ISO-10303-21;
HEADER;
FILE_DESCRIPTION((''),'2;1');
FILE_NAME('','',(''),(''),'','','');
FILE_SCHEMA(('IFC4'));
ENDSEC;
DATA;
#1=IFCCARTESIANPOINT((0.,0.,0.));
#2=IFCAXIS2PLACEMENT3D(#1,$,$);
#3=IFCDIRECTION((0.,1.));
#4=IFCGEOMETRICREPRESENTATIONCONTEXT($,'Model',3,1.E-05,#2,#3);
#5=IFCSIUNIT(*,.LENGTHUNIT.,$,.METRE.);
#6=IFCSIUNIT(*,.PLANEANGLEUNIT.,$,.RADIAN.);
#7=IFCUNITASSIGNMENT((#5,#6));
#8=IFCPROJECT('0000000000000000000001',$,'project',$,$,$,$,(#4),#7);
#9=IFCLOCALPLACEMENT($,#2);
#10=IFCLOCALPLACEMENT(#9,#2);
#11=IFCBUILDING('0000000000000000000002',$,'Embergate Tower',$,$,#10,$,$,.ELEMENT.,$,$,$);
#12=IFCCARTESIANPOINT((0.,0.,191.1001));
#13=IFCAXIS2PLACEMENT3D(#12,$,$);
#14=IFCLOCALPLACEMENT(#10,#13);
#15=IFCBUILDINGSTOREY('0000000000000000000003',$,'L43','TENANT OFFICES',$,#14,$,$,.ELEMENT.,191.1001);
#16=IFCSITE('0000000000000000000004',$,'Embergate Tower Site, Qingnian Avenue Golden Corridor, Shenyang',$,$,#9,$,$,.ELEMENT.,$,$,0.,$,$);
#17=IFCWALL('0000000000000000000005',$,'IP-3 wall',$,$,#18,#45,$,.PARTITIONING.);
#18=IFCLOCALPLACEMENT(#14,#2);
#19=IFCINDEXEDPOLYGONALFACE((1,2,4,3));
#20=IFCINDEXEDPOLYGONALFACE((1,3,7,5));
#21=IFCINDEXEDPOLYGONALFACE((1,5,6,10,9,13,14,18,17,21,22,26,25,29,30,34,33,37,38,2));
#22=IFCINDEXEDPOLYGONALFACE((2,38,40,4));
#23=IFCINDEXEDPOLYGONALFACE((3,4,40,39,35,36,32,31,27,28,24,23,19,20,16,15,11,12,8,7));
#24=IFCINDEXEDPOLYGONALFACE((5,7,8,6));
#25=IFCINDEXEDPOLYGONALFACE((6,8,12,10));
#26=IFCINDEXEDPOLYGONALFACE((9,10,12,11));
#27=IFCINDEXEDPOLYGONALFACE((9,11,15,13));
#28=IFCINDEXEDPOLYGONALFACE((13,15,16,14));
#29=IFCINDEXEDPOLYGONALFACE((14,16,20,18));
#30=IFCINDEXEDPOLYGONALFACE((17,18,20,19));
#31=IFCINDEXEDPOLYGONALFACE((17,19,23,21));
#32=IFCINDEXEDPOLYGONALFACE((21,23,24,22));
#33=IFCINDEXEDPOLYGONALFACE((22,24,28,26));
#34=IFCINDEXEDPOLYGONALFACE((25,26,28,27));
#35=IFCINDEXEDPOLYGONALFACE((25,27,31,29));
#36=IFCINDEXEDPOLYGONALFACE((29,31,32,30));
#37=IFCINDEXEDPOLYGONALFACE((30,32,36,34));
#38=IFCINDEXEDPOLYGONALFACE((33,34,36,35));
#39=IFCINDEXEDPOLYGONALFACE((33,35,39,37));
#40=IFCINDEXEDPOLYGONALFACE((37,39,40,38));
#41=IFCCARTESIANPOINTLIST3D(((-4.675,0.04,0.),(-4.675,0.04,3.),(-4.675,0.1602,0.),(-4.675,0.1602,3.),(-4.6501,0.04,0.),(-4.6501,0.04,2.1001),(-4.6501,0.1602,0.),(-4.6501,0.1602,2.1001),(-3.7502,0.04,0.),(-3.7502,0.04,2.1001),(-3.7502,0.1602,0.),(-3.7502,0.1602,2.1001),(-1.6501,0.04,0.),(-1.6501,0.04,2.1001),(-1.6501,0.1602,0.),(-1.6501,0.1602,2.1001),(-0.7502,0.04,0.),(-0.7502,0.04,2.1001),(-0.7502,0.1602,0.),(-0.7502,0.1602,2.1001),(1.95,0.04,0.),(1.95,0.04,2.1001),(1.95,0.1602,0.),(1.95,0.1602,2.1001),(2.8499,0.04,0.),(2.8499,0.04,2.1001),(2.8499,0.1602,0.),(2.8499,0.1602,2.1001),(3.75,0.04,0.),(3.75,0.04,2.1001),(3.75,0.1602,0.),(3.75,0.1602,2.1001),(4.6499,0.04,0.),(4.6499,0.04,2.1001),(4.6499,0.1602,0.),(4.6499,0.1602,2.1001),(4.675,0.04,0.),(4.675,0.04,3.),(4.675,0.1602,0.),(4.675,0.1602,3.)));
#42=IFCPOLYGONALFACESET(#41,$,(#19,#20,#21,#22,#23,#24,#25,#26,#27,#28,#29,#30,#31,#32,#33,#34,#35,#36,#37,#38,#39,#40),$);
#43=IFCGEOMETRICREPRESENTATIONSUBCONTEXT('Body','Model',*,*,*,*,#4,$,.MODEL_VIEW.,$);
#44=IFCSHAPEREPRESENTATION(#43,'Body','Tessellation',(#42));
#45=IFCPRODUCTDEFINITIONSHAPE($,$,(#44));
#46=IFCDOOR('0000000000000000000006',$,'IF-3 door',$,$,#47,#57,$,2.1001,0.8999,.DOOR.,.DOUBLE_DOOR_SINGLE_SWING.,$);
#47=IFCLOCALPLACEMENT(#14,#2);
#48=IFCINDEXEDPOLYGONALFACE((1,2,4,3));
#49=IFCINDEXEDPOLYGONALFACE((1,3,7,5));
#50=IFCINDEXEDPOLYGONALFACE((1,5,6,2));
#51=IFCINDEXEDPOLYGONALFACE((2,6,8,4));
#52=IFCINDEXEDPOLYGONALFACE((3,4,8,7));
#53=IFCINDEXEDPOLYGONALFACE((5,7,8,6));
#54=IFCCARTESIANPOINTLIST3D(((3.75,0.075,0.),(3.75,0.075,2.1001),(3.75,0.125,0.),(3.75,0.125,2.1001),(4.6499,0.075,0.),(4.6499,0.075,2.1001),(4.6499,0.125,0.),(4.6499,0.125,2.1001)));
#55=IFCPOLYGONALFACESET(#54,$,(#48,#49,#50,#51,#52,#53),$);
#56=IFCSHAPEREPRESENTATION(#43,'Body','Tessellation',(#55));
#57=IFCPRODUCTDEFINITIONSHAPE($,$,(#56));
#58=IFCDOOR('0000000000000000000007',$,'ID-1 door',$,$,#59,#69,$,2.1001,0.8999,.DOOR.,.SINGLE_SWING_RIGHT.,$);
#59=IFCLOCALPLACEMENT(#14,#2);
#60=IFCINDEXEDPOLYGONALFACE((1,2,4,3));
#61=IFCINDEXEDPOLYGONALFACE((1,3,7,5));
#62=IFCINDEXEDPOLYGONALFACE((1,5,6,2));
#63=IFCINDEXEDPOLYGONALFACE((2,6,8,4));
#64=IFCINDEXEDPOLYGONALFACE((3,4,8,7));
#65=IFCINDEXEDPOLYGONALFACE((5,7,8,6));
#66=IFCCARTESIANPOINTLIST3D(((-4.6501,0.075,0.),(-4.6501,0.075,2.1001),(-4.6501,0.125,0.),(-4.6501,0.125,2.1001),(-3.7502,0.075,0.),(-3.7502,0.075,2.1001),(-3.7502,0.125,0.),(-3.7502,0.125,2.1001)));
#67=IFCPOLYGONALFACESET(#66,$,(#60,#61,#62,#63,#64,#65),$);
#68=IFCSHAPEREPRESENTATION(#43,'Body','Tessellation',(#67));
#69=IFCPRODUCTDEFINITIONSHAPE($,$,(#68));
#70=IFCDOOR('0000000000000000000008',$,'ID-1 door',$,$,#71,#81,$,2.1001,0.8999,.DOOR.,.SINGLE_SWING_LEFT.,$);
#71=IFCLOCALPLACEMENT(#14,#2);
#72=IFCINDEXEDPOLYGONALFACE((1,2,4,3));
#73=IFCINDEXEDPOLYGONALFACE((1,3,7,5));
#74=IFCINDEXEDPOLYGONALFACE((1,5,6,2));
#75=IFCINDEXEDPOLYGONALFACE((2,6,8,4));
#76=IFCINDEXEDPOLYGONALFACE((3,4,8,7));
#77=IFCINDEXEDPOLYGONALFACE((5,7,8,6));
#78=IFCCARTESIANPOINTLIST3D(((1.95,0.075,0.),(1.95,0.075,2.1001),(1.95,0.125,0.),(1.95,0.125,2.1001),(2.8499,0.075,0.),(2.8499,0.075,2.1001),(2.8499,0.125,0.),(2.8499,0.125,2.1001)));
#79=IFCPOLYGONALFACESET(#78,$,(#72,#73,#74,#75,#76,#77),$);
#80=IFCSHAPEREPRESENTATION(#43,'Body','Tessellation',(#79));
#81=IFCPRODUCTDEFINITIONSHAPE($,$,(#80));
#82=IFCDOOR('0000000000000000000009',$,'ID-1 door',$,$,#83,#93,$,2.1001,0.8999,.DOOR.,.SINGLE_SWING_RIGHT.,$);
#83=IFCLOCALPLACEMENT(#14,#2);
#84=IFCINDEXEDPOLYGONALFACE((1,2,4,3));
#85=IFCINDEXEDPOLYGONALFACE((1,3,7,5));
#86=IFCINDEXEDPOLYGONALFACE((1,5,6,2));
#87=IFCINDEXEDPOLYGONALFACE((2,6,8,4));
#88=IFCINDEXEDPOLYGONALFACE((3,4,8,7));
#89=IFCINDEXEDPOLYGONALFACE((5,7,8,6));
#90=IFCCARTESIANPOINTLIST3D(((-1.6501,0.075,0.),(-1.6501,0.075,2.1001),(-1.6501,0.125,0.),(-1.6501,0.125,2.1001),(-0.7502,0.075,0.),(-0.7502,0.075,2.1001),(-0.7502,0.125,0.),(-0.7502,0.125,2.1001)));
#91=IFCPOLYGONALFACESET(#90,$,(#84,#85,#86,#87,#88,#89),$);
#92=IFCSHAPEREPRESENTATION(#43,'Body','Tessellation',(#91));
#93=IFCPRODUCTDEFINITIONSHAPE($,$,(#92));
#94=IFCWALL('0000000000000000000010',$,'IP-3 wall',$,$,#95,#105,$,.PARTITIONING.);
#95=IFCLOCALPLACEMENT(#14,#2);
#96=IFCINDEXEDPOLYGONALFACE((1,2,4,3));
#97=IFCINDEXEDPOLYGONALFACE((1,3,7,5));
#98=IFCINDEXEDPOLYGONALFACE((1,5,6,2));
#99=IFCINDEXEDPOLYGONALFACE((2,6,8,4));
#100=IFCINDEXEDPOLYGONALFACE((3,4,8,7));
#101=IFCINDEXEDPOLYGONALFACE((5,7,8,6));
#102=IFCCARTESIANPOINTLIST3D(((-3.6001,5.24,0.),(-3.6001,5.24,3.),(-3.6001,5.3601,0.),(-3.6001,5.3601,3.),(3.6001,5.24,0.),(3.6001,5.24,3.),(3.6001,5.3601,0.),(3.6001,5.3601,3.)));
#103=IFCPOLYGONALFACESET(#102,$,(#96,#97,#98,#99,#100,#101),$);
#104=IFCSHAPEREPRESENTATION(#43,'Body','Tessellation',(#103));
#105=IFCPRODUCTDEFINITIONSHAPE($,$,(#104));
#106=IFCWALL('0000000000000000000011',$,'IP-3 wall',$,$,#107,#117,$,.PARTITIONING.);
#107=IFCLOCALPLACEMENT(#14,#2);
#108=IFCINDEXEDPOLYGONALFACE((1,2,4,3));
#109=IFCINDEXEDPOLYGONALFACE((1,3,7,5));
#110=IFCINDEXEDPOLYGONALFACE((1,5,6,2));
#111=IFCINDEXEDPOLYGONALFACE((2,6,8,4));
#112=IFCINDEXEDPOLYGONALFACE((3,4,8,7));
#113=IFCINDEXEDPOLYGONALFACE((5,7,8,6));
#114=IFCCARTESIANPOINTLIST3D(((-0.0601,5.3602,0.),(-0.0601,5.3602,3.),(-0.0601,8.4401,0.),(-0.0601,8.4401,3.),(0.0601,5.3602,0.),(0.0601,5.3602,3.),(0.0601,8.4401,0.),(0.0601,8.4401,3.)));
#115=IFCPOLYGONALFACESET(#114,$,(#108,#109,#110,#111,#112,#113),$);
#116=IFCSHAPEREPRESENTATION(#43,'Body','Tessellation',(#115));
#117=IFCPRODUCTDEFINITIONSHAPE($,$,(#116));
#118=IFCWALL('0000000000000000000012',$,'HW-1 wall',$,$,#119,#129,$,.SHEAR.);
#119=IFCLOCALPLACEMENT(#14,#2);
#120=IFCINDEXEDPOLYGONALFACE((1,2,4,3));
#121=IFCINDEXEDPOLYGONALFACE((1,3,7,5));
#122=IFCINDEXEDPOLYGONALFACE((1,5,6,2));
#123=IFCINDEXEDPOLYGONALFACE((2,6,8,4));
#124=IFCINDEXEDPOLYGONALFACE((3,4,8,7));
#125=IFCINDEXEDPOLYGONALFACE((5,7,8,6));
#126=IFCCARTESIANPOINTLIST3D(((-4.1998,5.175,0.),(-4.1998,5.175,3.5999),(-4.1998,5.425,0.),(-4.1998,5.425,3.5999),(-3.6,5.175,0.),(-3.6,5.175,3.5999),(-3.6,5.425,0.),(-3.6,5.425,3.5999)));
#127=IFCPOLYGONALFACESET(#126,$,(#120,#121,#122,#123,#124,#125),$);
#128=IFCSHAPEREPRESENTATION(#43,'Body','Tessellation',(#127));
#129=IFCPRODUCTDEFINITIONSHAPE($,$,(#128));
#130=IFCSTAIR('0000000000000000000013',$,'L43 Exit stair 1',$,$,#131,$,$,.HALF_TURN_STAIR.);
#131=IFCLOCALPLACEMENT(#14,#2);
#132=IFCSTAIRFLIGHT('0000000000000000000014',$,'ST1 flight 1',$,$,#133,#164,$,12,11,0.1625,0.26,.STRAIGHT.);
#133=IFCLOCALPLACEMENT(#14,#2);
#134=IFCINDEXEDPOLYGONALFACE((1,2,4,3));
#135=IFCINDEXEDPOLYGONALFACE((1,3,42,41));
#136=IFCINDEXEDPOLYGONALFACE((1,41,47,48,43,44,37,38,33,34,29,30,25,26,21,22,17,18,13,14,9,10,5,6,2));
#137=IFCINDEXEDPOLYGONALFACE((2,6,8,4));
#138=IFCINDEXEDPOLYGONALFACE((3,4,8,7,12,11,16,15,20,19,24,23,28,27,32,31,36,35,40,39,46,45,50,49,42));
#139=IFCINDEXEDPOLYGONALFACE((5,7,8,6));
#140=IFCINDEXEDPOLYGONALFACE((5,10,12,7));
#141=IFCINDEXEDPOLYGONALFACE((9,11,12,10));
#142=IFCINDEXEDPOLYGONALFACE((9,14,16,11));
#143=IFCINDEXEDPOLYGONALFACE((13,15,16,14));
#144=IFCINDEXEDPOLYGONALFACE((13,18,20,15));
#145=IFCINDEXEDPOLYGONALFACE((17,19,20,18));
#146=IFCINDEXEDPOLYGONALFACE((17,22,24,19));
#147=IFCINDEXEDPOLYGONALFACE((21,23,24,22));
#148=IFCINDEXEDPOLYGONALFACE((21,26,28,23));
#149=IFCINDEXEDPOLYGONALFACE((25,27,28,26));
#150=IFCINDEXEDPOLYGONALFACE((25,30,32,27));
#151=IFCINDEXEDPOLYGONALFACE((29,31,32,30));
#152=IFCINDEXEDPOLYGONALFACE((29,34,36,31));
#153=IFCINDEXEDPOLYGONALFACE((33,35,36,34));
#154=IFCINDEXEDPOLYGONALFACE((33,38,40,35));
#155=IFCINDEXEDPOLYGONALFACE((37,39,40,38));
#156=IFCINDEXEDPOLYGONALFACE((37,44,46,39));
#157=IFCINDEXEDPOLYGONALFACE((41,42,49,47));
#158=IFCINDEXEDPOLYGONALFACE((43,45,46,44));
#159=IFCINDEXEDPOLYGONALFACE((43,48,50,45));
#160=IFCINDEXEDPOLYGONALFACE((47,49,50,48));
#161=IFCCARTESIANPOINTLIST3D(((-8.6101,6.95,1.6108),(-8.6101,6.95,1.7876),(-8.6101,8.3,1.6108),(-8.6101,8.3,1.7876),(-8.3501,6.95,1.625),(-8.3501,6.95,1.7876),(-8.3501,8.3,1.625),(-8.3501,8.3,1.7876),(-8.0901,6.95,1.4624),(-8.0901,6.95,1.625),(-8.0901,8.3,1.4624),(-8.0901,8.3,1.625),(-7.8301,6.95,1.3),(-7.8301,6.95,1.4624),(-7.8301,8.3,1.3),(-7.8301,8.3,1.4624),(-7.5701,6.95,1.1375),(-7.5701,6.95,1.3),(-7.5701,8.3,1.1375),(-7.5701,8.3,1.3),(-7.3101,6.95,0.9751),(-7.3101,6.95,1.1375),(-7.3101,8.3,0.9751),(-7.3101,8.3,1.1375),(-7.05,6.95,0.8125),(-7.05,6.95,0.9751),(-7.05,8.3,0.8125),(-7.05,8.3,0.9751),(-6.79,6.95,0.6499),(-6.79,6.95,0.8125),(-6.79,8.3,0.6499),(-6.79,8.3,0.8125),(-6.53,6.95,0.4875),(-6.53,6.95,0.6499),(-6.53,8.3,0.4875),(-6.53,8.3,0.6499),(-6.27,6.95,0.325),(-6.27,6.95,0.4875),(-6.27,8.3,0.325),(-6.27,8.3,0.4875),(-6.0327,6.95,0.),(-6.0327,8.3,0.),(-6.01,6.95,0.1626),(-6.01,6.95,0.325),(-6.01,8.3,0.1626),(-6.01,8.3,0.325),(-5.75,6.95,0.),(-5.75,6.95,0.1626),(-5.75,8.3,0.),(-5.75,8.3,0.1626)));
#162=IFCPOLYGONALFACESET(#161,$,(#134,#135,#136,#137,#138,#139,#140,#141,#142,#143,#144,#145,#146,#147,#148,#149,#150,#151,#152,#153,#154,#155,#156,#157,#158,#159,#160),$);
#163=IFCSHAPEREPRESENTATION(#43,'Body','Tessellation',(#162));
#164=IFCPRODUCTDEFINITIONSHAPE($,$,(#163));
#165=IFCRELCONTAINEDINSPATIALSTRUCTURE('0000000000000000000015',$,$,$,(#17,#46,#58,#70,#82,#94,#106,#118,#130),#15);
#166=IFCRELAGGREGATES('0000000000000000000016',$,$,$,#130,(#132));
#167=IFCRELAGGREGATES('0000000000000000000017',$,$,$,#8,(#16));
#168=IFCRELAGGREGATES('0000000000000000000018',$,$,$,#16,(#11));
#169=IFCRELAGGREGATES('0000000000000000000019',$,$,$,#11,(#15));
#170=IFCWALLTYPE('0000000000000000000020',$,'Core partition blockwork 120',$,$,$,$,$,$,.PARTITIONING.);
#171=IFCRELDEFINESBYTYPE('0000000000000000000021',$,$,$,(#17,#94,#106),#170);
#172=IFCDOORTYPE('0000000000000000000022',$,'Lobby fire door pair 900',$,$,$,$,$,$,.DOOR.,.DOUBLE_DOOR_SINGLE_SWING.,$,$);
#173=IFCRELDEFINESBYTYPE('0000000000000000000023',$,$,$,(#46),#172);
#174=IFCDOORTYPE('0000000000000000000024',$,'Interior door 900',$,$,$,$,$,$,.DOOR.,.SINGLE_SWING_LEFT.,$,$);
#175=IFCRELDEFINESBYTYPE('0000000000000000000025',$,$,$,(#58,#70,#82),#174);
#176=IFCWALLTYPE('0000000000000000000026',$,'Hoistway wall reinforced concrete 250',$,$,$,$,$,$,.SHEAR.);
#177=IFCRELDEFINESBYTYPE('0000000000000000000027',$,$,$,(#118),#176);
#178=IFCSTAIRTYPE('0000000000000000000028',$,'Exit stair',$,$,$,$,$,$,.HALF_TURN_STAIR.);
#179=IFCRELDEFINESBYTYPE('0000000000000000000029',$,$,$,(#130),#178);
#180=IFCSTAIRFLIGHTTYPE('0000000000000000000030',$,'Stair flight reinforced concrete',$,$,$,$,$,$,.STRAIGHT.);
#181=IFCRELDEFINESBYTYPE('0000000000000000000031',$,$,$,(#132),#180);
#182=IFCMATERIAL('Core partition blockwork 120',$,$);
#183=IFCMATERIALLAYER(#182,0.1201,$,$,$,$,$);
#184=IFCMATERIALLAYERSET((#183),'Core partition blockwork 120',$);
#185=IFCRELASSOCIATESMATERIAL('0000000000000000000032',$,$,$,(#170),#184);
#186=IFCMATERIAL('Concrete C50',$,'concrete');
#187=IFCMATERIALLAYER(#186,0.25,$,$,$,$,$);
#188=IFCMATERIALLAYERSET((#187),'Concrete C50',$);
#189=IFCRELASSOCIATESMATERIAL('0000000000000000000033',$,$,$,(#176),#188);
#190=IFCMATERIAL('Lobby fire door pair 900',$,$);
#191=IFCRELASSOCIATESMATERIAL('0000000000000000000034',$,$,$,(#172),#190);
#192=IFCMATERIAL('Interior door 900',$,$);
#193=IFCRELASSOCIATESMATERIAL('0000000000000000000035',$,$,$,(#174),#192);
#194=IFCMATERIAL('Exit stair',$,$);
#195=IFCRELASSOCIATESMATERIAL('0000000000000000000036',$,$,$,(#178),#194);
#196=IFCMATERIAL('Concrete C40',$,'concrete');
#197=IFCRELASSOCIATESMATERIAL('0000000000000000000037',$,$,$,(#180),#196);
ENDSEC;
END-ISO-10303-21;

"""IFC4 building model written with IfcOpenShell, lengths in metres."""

from ifc_helpers import new_model, si_unit, direction, frame, frame_2d, origin, place, context, subcontext, project, spatial, polyline, rectangle, outline, extrude, source, transform, mapped, material, layer, layer_set, type_object, element, fill, aggregate, save


model = new_model("IFC4")

# Units and contexts
model_context = context("Model", 3, precision=1e-05, world=origin(), true_north=direction((0.0, 1.0)))
body_context = subcontext(model_context, "Body", "Model", "MODEL_VIEW")
ifc_project = project(units=[si_unit("LENGTHUNIT", "METRE"), si_unit("PLANEANGLEUNIT", "RADIAN")], contexts=[model_context])

# Site, building, storey
site_placement = place(None, origin())
site = spatial("IfcSite", under=ifc_project, at=site_placement, Name="Embergate Tower Site, Qingnian Avenue Golden Corridor, Shenyang", CompositionType="ELEMENT", RefElevation=0.0)
building_placement = place(site_placement, origin())
building = spatial("IfcBuilding", under=site, at=building_placement, Name="Embergate Tower", CompositionType="ELEMENT")
storey_placement = place(building_placement, frame((0.0, 0.0, 191.1001)))
storey = spatial("IfcBuildingStorey", under=building, at=storey_placement, Name="L43", Description="TENANT OFFICES", CompositionType="ELEMENT", Elevation=191.1001)

# Shared definitions
ifc_material_1 = material(Name="Core partition blockwork 120")
ifc_layer_1 = layer(ifc_material_1, 0.1201)
ifc_layer_set_1 = layer_set([ifc_layer_1], Name="Core partition blockwork 120")
wall_type_1 = type_object("IfcWallType", Name="Core partition blockwork 120", PredefinedType="PARTITIONING", material=ifc_layer_set_1)

# Shared definitions
ifc_material_2 = material(Name="Concrete C50", Category="concrete")
ifc_layer_2 = layer(ifc_material_2, 0.25)
ifc_layer_set_2 = layer_set([ifc_layer_2], Name="Concrete C50")
wall_type_2 = type_object("IfcWallType", Name="Hoistway wall reinforced concrete 250", PredefinedType="SHEAR", material=ifc_layer_set_2)

# Wall, openings, doors
shared_shape_1 = source(origin(), body_context, "Body", "SweptSolid", [
    extrude(rectangle(XDim=9.3501, YDim=0.1201, at=frame_2d((4.675, 0.0))), origin(), (0.0, 0.0, 1.0), 3.0),
])
wall_1_placement = place(storey_placement, frame((-4.675, 0.1001, 0.0), z_axis=(0.0, 0.0, 1.0), x_axis=(1.0, 0.0, 0.0)))
wall_1 = element("IfcWall", 1, at=wall_1_placement, inside=storey, type_object=wall_type_1, Name="IP-3 wall", PredefinedType="PARTITIONING", context=body_context, shape_type="MappedRepresentation", body=[
    mapped(shared_shape_1, transform((0.0, 0.0, 0.0))),
])
shared_shape_2 = source(origin(), body_context, "Body", "SweptSolid", [
    extrude(rectangle(XDim=0.8999, YDim=2.1001, at=frame_2d((0.45, 1.05))), frame((0.0, 0.0701, 0.0), z_axis=(0.0, -1.0, 0.0), x_axis=(1.0, 0.0, 0.0)), (0.0, 0.0, 1.0), 0.1401),
])
opening_1_placement = place(wall_1_placement, frame((8.425, 0.0, 0.0)))
opening_1 = element("IfcOpeningElement", 2, at=opening_1_placement, cuts=wall_1, PredefinedType="OPENING", context=body_context, shape_type="MappedRepresentation", body=[
    mapped(shared_shape_2, transform((0.0, 0.0, 0.0))),
])
opening_2_placement = place(wall_1_placement, frame((0.0249, 0.0, 0.0)))
opening_2 = element("IfcOpeningElement", 3, at=opening_2_placement, cuts=wall_1, PredefinedType="OPENING", context=body_context, shape_type="MappedRepresentation", body=[
    mapped(shared_shape_2, transform((0.0, 0.0, 0.0))),
])
opening_3_placement = place(wall_1_placement, frame((6.625, 0.0, 0.0)))
opening_3 = element("IfcOpeningElement", 4, at=opening_3_placement, cuts=wall_1, PredefinedType="OPENING", context=body_context, shape_type="MappedRepresentation", body=[
    mapped(shared_shape_2, transform((0.0, 0.0, 0.0))),
])
opening_4_placement = place(wall_1_placement, frame((3.0249, 0.0, 0.0)))
opening_4 = element("IfcOpeningElement", 5, at=opening_4_placement, cuts=wall_1, PredefinedType="OPENING", context=body_context, shape_type="MappedRepresentation", body=[
    mapped(shared_shape_2, transform((0.0, 0.0, 0.0))),
])
ifc_material_3 = material(Name="Lobby fire door pair 900")
door_type_1 = type_object("IfcDoorType", Name="Lobby fire door pair 900", OperationType="DOUBLE_DOOR_SINGLE_SWING", PredefinedType="DOOR", material=ifc_material_3)
shared_shape_3 = source(origin(), body_context, "Body", "SweptSolid", [
    extrude(rectangle(XDim=0.8999, YDim=2.1001, at=frame_2d((0.45, 1.05))), frame((0.0, 0.0249, 0.0), z_axis=(0.0, -1.0, 0.0), x_axis=(1.0, 0.0, 0.0)), (0.0, 0.0, 1.0), 0.05),
])
door_1_placement = place(opening_1_placement, origin())
door_1 = element("IfcDoor", 6, at=door_1_placement, inside=storey, type_object=door_type_1, Name="IF-3 door", OperationType="DOUBLE_DOOR_SINGLE_SWING", OverallHeight=2.1001, OverallWidth=0.8999, PredefinedType="DOOR", context=body_context, shape_type="MappedRepresentation", body=[
    mapped(shared_shape_3, transform((0.0, 0.0, 0.0))),
])
fill(opening_1, door_1)
ifc_material_4 = material(Name="Interior door 900")
door_type_2 = type_object("IfcDoorType", Name="Interior door 900", OperationType="SINGLE_SWING_LEFT", PredefinedType="DOOR", material=ifc_material_4)
door_2_placement = place(opening_2_placement, origin())
door_2 = element("IfcDoor", 7, at=door_2_placement, inside=storey, type_object=door_type_2, Name="ID-1 door", OperationType="SINGLE_SWING_RIGHT", OverallHeight=2.1001, OverallWidth=0.8999, PredefinedType="DOOR", context=body_context, shape_type="MappedRepresentation", body=[
    mapped(shared_shape_3, transform((0.0, 0.0, 0.0))),
])
fill(opening_2, door_2)
door_3_placement = place(opening_3_placement, origin())
door_3 = element("IfcDoor", 8, at=door_3_placement, inside=storey, type_object=door_type_2, Name="ID-1 door", OperationType="SINGLE_SWING_LEFT", OverallHeight=2.1001, OverallWidth=0.8999, PredefinedType="DOOR", context=body_context, shape_type="MappedRepresentation", body=[
    mapped(shared_shape_3, transform((0.0, 0.0, 0.0))),
])
fill(opening_3, door_3)
door_4_placement = place(opening_4_placement, origin())
door_4 = element("IfcDoor", 9, at=door_4_placement, inside=storey, type_object=door_type_2, Name="ID-1 door", OperationType="SINGLE_SWING_RIGHT", OverallHeight=2.1001, OverallWidth=0.8999, PredefinedType="DOOR", context=body_context, shape_type="MappedRepresentation", body=[
    mapped(shared_shape_3, transform((0.0, 0.0, 0.0))),
])
fill(opening_4, door_4)

# Walls
shared_shape_4 = source(origin(), body_context, "Body", "SweptSolid", [
    extrude(rectangle(XDim=7.2002, YDim=0.1201, at=frame_2d((3.6001, 0.0))), origin(), (0.0, 0.0, 1.0), 3.0),
])
wall_2_placement = place(storey_placement, frame((-3.6001, 5.3, 0.0), z_axis=(0.0, 0.0, 1.0), x_axis=(1.0, 0.0, 0.0)))
element("IfcWall", 10, at=wall_2_placement, inside=storey, type_object=wall_type_1, Name="IP-3 wall", PredefinedType="PARTITIONING", context=body_context, shape_type="MappedRepresentation", body=[
    mapped(shared_shape_4, transform((0.0, 0.0, 0.0))),
])
shared_shape_5 = source(origin(), body_context, "Body", "SweptSolid", [
    extrude(rectangle(XDim=3.0798, YDim=0.1201, at=frame_2d((1.54, 0.0))), origin(), (0.0, 0.0, 1.0), 3.0),
])
wall_3_placement = place(storey_placement, frame((0.0, 5.3601, 0.0), z_axis=(0.0, 0.0, 1.0), x_axis=(0.0, 1.0, 0.0)))
element("IfcWall", 11, at=wall_3_placement, inside=storey, type_object=wall_type_1, Name="IP-3 wall", PredefinedType="PARTITIONING", context=body_context, shape_type="MappedRepresentation", body=[
    mapped(shared_shape_5, transform((0.0, 0.0, 0.0))),
])
shared_shape_6 = source(origin(), body_context, "Body", "SweptSolid", [
    extrude(rectangle(XDim=0.5999, YDim=0.25, at=frame_2d((0.2998, 0.0))), origin(), (0.0, 0.0, 1.0), 3.5999),
])
wall_4_placement = place(storey_placement, frame((-3.6001, 5.3, 0.0), z_axis=(0.0, 0.0, 1.0), x_axis=(-1.0, 0.0, 0.0)))
element("IfcWall", 12, at=wall_4_placement, inside=storey, type_object=wall_type_2, Name="HW-1 wall", PredefinedType="SHEAR", context=body_context, shape_type="MappedRepresentation", body=[
    mapped(shared_shape_6, transform((0.0, 0.0, 0.0))),
])

# Stair, stair flight
ifc_material_5 = material(Name="Exit stair")
stair_type = type_object("IfcStairType", Name="Exit stair", PredefinedType="HALF_TURN_STAIR", material=ifc_material_5)
stair_placement = place(storey_placement, origin())
stair = element("IfcStair", 13, at=stair_placement, inside=storey, type_object=stair_type, Name="L43 Exit stair 1", PredefinedType="HALF_TURN_STAIR")
ifc_material_6 = material(Name="Concrete C40", Category="concrete")
stair_flight_type = type_object("IfcStairFlightType", Name="Stair flight reinforced concrete", PredefinedType="STRAIGHT", material=ifc_material_6)
shared_shape_7 = source(origin(), body_context, "Body", "SweptSolid", [
    extrude(outline(polyline([(0.0, 0.0), (0.0, 0.1626), (0.26, 0.1626), (0.26, 0.325), (0.52, 0.325), (0.52, 0.4875), (0.78, 0.4875), (0.78, 0.6499), (1.04, 0.6499), (1.04, 0.8125), (1.3, 0.8125), (1.3, 0.9751), (1.5601, 0.9751), (1.5601, 1.1375), (1.8201, 1.1375), (1.8201, 1.3), (2.0801, 1.3), (2.0801, 1.4624), (2.3401, 1.4624), (2.3401, 1.625), (2.6001, 1.625), (2.6001, 1.7876), (2.8601, 1.7876), (2.8601, 1.95), (2.8601, 1.6108), (0.2827, 0.0), (0.0, 0.0)])), frame((0.0, 0.675, 0.0), z_axis=(0.0, -1.0, 0.0), x_axis=(1.0, 0.0, 0.0)), (0.0, 0.0, 1.0), 1.3501),
])
stair_flight_placement = place(storey_placement, frame((-5.75, 7.625, 0.0), z_axis=(0.0, 0.0, 1.0), x_axis=(-1.0, 0.0, 0.0)))
stair_flight = element("IfcStairFlight", 14, at=stair_flight_placement, type_object=stair_flight_type, Name="ST1 flight 1", NumberOfRisers=12, NumberOfTreads=11, PredefinedType="STRAIGHT", RiserHeight=0.1625, TreadLength=0.26, context=body_context, shape_type="MappedRepresentation", body=[
    mapped(shared_shape_7, transform((0.0, 0.0, 0.0))),
])
aggregate(stair, [stair_flight])

save(model, "model.ifc")
